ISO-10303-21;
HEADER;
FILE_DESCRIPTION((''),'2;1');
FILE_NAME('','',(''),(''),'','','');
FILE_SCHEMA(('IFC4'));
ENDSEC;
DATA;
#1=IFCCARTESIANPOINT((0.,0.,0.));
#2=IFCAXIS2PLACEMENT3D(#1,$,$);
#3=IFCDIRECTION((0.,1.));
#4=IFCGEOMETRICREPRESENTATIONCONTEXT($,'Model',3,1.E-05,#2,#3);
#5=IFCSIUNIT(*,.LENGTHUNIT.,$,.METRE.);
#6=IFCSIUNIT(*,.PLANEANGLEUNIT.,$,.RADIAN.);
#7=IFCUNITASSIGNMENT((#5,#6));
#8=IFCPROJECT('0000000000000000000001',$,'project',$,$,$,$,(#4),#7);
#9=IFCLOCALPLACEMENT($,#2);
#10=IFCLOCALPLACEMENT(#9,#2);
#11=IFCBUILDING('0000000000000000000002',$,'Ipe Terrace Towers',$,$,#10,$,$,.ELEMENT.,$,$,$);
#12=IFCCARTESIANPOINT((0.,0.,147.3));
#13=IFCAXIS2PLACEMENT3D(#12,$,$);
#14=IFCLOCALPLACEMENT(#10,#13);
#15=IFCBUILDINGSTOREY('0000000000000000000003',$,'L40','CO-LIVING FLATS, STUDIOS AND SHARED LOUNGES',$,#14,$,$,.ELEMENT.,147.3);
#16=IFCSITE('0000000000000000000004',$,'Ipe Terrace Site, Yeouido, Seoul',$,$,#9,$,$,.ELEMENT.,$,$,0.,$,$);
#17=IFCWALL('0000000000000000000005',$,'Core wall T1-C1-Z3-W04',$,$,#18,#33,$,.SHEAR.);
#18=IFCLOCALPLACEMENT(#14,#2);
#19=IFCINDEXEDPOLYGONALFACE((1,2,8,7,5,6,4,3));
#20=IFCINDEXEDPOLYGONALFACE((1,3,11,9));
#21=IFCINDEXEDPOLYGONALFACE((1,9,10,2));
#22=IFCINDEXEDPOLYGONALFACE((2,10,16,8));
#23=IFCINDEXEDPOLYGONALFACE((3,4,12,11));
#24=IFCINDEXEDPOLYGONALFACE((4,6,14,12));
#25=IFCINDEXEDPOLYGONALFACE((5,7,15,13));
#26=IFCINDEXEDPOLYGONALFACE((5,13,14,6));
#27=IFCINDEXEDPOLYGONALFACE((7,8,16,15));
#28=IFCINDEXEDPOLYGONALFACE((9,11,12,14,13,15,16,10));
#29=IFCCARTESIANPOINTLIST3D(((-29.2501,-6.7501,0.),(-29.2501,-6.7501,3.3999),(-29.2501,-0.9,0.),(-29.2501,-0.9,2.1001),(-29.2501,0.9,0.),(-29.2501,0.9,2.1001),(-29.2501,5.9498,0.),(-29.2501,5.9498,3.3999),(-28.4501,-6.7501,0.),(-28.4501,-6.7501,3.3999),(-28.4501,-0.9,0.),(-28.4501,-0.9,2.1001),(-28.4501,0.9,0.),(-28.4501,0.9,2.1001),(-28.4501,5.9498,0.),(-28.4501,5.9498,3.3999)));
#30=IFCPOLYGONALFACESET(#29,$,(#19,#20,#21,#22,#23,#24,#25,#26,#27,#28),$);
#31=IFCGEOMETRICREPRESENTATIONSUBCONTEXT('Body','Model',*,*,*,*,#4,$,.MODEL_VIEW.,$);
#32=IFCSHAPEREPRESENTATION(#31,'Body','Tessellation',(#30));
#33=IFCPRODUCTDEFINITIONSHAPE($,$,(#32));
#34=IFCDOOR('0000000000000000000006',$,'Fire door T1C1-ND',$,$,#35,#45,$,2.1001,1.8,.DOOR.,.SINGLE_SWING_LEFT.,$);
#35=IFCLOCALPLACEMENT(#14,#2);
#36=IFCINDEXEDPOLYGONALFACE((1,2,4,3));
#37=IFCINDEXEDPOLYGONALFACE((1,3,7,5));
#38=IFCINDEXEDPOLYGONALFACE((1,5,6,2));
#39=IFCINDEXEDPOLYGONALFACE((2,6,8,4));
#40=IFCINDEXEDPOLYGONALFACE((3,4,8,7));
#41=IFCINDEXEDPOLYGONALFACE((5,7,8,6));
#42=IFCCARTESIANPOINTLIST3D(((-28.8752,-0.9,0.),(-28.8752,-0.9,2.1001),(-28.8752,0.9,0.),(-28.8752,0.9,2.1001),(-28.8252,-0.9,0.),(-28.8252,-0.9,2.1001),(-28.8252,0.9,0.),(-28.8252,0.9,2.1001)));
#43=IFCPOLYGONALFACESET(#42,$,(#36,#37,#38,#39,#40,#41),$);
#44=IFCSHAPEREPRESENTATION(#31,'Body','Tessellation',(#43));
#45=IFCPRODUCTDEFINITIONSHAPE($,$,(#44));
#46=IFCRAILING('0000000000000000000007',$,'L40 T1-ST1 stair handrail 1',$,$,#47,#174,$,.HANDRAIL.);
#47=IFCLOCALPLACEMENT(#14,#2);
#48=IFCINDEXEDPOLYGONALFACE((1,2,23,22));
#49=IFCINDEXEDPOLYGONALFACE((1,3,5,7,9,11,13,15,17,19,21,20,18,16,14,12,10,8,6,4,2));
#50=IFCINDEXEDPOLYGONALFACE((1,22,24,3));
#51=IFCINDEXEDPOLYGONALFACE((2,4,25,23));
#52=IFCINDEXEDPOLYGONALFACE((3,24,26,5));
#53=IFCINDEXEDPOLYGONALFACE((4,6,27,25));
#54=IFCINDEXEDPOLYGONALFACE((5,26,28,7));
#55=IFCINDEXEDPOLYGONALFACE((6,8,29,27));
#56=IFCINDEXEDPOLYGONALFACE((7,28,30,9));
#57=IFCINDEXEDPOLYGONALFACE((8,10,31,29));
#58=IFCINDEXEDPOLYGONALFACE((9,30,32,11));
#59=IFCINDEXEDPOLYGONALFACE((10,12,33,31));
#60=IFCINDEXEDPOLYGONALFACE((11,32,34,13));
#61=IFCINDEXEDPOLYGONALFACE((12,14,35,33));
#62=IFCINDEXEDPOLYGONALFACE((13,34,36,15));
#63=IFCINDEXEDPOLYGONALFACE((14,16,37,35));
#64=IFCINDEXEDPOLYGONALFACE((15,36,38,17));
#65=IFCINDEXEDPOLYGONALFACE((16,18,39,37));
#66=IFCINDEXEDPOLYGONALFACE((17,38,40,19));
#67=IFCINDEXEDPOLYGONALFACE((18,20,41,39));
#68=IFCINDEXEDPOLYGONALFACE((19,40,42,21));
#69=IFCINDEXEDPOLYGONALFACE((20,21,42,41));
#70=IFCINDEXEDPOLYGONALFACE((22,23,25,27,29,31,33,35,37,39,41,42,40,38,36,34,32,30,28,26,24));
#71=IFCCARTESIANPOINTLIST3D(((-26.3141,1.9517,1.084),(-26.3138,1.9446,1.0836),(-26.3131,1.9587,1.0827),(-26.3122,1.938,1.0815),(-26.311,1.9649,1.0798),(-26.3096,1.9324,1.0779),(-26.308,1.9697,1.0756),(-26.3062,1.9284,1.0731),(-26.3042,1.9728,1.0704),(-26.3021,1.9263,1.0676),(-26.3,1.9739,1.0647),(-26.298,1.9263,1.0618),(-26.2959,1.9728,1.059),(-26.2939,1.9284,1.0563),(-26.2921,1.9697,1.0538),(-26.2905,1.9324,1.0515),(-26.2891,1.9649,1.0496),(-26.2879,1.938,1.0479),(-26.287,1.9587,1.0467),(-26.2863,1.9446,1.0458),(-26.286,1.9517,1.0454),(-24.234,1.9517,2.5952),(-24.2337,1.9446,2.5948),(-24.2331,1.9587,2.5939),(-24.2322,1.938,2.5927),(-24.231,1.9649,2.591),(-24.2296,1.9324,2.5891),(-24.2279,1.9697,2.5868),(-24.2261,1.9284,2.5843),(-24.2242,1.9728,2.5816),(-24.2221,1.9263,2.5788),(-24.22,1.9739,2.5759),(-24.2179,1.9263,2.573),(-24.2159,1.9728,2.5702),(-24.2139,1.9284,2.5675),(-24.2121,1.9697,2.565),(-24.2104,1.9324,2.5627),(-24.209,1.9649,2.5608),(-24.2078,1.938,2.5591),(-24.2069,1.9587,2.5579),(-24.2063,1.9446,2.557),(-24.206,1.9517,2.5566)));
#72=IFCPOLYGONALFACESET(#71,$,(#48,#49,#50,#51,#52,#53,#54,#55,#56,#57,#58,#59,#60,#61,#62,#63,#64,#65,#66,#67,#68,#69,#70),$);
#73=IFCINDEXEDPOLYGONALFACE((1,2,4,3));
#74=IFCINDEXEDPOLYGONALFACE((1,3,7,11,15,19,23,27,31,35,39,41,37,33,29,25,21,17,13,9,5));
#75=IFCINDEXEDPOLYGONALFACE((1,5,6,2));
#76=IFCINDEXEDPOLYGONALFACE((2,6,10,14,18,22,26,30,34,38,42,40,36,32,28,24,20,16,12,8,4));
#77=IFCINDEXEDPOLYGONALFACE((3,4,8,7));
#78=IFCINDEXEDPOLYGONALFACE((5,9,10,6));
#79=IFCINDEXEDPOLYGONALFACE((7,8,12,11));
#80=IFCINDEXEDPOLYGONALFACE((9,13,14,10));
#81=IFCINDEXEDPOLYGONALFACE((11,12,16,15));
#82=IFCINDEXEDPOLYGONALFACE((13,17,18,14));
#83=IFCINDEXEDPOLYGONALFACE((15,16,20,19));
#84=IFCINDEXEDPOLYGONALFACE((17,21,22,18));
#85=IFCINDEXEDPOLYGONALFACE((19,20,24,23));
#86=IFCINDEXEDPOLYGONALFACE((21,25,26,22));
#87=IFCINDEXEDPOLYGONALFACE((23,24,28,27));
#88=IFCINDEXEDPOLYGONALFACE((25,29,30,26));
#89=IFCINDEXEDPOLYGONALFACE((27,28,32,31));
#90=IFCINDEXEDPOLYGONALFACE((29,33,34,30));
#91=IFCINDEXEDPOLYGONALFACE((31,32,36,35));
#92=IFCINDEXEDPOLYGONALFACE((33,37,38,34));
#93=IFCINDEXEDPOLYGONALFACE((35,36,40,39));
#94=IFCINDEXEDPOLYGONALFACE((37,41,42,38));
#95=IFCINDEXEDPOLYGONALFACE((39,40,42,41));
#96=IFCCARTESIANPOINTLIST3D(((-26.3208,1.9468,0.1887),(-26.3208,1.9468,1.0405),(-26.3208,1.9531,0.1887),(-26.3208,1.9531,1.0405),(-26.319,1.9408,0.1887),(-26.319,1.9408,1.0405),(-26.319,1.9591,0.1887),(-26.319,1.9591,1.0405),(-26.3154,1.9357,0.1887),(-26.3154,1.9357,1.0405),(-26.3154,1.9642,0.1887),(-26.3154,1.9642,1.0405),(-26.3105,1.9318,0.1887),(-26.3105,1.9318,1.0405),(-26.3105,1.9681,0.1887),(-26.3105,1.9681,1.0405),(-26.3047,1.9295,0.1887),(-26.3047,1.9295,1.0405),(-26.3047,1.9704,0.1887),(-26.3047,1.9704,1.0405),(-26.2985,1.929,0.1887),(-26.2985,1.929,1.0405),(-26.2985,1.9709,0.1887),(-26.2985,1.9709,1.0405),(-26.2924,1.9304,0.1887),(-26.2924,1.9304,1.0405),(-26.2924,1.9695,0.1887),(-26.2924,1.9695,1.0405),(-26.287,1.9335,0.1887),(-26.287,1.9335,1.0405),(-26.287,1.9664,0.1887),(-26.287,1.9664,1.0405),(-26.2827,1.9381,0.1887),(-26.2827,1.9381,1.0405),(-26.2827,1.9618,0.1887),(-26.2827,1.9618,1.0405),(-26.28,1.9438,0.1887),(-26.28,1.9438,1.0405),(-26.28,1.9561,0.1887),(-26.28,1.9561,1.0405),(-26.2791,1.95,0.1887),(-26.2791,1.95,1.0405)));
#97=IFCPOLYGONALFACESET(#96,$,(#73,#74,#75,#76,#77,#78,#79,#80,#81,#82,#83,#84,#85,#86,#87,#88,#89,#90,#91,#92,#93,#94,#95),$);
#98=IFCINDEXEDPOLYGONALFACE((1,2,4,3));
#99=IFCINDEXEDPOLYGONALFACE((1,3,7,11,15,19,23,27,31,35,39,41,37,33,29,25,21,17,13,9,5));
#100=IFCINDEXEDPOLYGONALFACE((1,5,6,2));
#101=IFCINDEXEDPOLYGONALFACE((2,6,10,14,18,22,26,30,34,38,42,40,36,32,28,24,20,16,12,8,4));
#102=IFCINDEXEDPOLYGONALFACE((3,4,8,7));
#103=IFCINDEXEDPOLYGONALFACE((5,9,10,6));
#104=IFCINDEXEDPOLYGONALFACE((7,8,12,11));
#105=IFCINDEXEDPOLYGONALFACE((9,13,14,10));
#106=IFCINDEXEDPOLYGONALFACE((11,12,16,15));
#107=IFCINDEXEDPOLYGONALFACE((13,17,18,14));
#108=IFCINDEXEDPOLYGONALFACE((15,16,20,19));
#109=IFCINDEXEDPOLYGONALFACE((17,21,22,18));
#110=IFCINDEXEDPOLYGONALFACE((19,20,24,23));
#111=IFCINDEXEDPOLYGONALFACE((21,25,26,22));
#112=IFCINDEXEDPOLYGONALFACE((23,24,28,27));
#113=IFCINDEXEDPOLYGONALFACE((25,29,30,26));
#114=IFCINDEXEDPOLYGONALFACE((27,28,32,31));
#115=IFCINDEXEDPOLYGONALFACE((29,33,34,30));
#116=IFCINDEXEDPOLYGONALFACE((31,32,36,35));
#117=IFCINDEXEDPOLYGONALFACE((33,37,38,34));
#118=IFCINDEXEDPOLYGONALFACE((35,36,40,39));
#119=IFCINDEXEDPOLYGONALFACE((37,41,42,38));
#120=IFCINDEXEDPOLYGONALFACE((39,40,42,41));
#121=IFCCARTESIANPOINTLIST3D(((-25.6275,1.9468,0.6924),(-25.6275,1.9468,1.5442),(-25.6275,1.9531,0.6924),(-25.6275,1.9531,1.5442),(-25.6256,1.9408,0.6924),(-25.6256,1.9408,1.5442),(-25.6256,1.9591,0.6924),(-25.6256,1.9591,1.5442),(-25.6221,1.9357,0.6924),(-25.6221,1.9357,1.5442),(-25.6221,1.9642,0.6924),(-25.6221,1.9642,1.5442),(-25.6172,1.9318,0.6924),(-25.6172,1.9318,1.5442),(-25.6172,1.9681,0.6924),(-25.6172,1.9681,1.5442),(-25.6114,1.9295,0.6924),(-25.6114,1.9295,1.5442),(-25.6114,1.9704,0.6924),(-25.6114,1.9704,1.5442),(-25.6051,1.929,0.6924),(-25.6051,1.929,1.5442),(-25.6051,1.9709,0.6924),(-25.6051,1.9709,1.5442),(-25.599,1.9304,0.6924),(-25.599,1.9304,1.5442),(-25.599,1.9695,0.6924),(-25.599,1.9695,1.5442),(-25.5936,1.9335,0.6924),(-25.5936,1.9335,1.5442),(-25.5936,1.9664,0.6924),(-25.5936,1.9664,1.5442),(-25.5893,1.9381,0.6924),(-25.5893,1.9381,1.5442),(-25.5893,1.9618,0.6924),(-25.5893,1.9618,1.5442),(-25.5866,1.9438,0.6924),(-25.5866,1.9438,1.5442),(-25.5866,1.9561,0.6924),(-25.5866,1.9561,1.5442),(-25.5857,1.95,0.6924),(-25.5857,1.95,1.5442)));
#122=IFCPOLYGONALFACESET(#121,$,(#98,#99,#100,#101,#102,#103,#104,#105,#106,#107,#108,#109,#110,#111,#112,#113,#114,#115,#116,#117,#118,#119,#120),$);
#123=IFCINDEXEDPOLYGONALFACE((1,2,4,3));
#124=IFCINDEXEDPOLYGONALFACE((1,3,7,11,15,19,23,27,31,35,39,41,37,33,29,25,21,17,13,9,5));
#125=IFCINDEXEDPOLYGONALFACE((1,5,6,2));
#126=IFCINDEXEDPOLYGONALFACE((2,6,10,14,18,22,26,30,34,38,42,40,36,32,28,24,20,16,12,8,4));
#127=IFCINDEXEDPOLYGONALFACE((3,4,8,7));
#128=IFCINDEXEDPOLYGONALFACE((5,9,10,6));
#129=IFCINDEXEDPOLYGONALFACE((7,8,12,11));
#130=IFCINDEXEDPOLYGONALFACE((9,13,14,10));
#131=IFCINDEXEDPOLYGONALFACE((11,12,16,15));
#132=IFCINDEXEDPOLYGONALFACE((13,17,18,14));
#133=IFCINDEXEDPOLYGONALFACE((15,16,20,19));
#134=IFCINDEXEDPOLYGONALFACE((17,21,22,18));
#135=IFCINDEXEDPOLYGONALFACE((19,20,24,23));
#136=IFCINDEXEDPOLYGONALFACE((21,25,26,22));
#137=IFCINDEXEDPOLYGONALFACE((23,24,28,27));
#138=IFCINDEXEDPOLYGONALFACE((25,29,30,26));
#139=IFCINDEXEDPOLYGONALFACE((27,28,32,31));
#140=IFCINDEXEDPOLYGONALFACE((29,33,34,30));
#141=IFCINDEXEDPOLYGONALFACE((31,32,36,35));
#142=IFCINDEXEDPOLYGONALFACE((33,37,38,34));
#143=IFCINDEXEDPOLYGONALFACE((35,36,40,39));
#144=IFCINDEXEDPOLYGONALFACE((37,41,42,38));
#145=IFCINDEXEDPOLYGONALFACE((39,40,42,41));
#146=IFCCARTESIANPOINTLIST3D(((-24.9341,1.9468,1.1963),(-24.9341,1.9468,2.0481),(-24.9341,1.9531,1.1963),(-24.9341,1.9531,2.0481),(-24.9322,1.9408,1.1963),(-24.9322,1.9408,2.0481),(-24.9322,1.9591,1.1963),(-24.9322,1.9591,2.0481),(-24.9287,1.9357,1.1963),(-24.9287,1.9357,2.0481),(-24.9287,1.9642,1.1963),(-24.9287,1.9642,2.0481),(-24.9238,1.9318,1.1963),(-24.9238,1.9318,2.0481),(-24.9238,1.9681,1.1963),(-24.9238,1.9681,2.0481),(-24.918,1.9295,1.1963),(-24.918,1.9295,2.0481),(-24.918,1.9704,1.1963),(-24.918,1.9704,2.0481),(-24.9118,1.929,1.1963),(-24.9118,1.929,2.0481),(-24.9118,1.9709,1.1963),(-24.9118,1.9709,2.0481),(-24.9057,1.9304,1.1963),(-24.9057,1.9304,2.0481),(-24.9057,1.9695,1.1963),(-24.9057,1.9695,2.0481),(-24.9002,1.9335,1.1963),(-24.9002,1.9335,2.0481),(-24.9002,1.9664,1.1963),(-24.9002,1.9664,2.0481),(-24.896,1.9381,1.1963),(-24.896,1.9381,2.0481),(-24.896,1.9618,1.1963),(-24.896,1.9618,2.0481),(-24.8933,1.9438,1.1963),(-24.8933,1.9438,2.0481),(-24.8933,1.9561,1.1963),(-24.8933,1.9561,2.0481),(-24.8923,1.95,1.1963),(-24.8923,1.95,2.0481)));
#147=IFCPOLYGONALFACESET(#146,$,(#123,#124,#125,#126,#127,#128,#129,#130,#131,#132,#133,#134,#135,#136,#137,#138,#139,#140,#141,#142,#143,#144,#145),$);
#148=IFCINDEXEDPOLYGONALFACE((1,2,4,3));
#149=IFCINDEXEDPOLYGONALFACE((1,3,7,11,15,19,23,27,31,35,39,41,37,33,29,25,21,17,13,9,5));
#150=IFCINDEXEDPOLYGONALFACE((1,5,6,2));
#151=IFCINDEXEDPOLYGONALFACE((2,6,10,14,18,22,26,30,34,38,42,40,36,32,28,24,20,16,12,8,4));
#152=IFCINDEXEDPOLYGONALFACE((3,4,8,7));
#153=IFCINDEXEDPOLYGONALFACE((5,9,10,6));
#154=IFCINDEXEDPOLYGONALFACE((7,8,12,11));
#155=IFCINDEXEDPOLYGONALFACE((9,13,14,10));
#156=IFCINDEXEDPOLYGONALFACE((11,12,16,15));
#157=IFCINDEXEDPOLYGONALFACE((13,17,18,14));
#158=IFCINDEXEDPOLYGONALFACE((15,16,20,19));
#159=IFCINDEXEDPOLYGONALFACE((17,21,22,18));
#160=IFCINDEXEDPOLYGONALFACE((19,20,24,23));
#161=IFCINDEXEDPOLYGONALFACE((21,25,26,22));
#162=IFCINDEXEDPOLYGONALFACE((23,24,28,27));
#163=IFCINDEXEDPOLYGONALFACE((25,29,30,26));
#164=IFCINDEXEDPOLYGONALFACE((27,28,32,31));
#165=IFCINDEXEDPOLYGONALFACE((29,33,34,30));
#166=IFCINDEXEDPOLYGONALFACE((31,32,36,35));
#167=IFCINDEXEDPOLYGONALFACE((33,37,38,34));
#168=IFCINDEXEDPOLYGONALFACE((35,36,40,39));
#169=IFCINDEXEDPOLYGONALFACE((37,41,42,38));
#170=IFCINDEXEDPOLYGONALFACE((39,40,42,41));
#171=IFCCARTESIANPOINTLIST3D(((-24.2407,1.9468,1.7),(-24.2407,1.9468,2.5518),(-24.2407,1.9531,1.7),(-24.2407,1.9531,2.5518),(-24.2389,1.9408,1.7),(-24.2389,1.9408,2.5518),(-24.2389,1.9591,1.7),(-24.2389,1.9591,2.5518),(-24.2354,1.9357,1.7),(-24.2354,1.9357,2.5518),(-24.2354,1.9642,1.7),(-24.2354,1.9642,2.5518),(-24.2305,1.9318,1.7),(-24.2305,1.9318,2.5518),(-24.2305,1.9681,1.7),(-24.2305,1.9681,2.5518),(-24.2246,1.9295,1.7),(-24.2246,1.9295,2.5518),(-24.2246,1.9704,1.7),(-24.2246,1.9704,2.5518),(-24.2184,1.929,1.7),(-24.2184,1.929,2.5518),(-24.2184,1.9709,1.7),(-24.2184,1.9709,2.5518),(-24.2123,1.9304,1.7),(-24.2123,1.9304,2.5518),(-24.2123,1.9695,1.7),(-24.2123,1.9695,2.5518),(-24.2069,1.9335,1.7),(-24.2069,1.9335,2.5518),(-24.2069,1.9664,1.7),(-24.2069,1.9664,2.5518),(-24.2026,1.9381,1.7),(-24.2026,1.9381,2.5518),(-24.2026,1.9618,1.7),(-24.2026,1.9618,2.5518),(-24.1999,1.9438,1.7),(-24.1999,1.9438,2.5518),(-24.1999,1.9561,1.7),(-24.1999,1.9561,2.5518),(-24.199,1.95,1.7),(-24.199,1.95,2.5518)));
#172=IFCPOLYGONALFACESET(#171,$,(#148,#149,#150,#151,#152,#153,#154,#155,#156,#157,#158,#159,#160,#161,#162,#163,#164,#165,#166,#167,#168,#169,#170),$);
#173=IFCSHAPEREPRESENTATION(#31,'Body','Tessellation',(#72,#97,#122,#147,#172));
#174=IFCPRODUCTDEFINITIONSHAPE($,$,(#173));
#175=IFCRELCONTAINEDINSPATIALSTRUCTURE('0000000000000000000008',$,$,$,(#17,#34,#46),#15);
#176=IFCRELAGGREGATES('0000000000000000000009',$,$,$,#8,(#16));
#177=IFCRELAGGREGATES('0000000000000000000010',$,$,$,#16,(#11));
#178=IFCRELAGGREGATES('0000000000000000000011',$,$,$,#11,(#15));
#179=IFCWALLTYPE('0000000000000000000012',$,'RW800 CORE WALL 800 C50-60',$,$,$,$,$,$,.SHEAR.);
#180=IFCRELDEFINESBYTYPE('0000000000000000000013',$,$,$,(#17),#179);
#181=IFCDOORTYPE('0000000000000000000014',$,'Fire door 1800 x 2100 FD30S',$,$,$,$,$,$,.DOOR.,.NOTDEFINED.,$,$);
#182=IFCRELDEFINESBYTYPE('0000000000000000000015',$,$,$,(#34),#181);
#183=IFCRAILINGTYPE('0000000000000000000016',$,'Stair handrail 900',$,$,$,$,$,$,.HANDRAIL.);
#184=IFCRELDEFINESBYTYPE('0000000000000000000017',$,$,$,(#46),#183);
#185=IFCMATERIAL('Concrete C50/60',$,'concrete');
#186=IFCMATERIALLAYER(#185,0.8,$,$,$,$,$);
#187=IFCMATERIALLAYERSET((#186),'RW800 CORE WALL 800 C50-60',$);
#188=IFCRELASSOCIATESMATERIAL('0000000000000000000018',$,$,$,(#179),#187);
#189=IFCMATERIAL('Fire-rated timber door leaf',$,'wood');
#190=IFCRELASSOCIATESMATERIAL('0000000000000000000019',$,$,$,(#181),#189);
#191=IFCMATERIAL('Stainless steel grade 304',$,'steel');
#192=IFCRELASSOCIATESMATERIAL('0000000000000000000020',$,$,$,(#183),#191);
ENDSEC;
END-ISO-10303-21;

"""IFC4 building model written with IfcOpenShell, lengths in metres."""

from ifc_helpers import new_model, si_unit, direction, frame, frame_2d, origin, origin_2d, place, context, subcontext, project, spatial, rectangle, circle, extrude, material, layer, layer_set, type_object, element, fill, save


model = new_model("IFC4")

# Units and contexts
model_context = context("Model", 3, precision=1e-05, world=origin(), true_north=direction((0.0, 1.0)))
body_context = subcontext(model_context, "Body", "Model", "MODEL_VIEW")
ifc_project = project(units=[si_unit("LENGTHUNIT", "METRE"), si_unit("PLANEANGLEUNIT", "RADIAN")], contexts=[model_context])

# Site, building, storey
site_placement = place(None, origin())
site = spatial("IfcSite", under=ifc_project, at=site_placement, Name="Ipe Terrace Site, Yeouido, Seoul", CompositionType="ELEMENT", RefElevation=0.0)
building_placement = place(site_placement, origin())
building = spatial("IfcBuilding", under=site, at=building_placement, Name="Ipe Terrace Towers", CompositionType="ELEMENT")
storey_placement = place(building_placement, frame((0.0, 0.0, 147.3)))
storey = spatial("IfcBuildingStorey", under=building, at=storey_placement, Name="L40", Description="CO-LIVING FLATS, STUDIOS AND SHARED LOUNGES", CompositionType="ELEMENT", Elevation=147.3)

# Shared definitions
ifc_material_1 = material(Name="Concrete C50/60", Category="concrete")
ifc_layer_1 = layer(ifc_material_1, 0.8)
ifc_layer_set_1 = layer_set([ifc_layer_1], Name="RW800 CORE WALL 800 C50-60")
wall_type_1 = type_object("IfcWallType", Name="RW800 CORE WALL 800 C50-60", PredefinedType="SHEAR", material=ifc_layer_set_1)

# Wall, opening, door
wall_1_placement = place(storey_placement, frame((-28.8501, 5.95, 0.0), z_axis=(0.0, 0.0, 1.0), x_axis=(0.0, -1.0, 0.0)))
wall_1 = element("IfcWall", 1, at=wall_1_placement, inside=storey, type_object=wall_type_1, Name="Core wall T1-C1-Z3-W04", PredefinedType="SHEAR", context=body_context, shape_type="SweptSolid", body=[
    extrude(rectangle(XDim=12.7, YDim=0.8, at=frame_2d((6.3501, 0.0))), origin(), (0.0, 0.0, 1.0), 3.3999),
])
opening_1_placement = place(wall_1_placement, frame((5.05, 0.0, 0.0)))
opening_1 = element("IfcOpeningElement", 2, at=opening_1_placement, cuts=wall_1, PredefinedType="OPENING", context=body_context, shape_type="SweptSolid", body=[
    extrude(rectangle(XDim=1.8, YDim=2.1001, at=frame_2d((0.8999, 1.05))), frame((0.0, 0.4102, 0.0), z_axis=(0.0, -1.0, 0.0), x_axis=(1.0, 0.0, 0.0)), (0.0, 0.0, 1.0), 0.8201),
])
ifc_material_2 = material(Name="Fire-rated timber door leaf", Category="wood")
door_type_1 = type_object("IfcDoorType", Name="Fire door 1800 x 2100 FD30S", OperationType="NOTDEFINED", PredefinedType="DOOR", material=ifc_material_2)
door_1_placement = place(opening_1_placement, origin())
door_1 = element("IfcDoor", 3, at=door_1_placement, inside=storey, type_object=door_type_1, Name="Fire door T1C1-ND", OperationType="SINGLE_SWING_LEFT", OverallHeight=2.1001, OverallWidth=1.8, PredefinedType="DOOR", context=body_context, shape_type="SweptSolid", body=[
    extrude(rectangle(XDim=1.8, YDim=2.1001, at=frame_2d((0.8999, 1.05))), frame((0.0, 0.0249, 0.0), z_axis=(0.0, -1.0, 0.0), x_axis=(1.0, 0.0, 0.0)), (0.0, 0.0, 1.0), 0.05),
])
fill(opening_1, door_1)

# Railing
ifc_material_3 = material(Name="Stainless steel grade 304", Category="steel")
railing_type_1 = type_object("IfcRailingType", Name="Stair handrail 900", PredefinedType="HANDRAIL", material=ifc_material_3)
railing_1_placement = place(storey_placement, frame((-26.3, 1.95, 0.1887)))
element("IfcRailing", 4, at=railing_1_placement, inside=storey, type_object=railing_type_1, Name="L40 T1-ST1 stair handrail 1", PredefinedType="HANDRAIL", context=body_context, shape_type="SweptSolid", body=[
    extrude(circle(Radius=0.0239, at=origin_2d()), frame((0.0, 0.0, 0.876), z_axis=(0.809023, 0.0, 0.587776), x_axis=(0.0, 1.0, 0.0)), (0.0, 0.0, 1.0), 2.571),
    extrude(circle(Radius=0.021, at=origin_2d()), origin(), (0.0, 0.0, 1.0), 0.8518),
    extrude(circle(Radius=0.021, at=origin_2d()), frame((0.6934, 0.0, 0.5037)), (0.0, 0.0, 1.0), 0.8518),
    extrude(circle(Radius=0.021, at=origin_2d()), frame((1.3867, 0.0, 1.0076)), (0.0, 0.0, 1.0), 0.8518),
    extrude(circle(Radius=0.021, at=origin_2d()), frame((2.0801, 0.0, 1.5112)), (0.0, 0.0, 1.0), 0.8518),
])

save(model, "model.ifc")
